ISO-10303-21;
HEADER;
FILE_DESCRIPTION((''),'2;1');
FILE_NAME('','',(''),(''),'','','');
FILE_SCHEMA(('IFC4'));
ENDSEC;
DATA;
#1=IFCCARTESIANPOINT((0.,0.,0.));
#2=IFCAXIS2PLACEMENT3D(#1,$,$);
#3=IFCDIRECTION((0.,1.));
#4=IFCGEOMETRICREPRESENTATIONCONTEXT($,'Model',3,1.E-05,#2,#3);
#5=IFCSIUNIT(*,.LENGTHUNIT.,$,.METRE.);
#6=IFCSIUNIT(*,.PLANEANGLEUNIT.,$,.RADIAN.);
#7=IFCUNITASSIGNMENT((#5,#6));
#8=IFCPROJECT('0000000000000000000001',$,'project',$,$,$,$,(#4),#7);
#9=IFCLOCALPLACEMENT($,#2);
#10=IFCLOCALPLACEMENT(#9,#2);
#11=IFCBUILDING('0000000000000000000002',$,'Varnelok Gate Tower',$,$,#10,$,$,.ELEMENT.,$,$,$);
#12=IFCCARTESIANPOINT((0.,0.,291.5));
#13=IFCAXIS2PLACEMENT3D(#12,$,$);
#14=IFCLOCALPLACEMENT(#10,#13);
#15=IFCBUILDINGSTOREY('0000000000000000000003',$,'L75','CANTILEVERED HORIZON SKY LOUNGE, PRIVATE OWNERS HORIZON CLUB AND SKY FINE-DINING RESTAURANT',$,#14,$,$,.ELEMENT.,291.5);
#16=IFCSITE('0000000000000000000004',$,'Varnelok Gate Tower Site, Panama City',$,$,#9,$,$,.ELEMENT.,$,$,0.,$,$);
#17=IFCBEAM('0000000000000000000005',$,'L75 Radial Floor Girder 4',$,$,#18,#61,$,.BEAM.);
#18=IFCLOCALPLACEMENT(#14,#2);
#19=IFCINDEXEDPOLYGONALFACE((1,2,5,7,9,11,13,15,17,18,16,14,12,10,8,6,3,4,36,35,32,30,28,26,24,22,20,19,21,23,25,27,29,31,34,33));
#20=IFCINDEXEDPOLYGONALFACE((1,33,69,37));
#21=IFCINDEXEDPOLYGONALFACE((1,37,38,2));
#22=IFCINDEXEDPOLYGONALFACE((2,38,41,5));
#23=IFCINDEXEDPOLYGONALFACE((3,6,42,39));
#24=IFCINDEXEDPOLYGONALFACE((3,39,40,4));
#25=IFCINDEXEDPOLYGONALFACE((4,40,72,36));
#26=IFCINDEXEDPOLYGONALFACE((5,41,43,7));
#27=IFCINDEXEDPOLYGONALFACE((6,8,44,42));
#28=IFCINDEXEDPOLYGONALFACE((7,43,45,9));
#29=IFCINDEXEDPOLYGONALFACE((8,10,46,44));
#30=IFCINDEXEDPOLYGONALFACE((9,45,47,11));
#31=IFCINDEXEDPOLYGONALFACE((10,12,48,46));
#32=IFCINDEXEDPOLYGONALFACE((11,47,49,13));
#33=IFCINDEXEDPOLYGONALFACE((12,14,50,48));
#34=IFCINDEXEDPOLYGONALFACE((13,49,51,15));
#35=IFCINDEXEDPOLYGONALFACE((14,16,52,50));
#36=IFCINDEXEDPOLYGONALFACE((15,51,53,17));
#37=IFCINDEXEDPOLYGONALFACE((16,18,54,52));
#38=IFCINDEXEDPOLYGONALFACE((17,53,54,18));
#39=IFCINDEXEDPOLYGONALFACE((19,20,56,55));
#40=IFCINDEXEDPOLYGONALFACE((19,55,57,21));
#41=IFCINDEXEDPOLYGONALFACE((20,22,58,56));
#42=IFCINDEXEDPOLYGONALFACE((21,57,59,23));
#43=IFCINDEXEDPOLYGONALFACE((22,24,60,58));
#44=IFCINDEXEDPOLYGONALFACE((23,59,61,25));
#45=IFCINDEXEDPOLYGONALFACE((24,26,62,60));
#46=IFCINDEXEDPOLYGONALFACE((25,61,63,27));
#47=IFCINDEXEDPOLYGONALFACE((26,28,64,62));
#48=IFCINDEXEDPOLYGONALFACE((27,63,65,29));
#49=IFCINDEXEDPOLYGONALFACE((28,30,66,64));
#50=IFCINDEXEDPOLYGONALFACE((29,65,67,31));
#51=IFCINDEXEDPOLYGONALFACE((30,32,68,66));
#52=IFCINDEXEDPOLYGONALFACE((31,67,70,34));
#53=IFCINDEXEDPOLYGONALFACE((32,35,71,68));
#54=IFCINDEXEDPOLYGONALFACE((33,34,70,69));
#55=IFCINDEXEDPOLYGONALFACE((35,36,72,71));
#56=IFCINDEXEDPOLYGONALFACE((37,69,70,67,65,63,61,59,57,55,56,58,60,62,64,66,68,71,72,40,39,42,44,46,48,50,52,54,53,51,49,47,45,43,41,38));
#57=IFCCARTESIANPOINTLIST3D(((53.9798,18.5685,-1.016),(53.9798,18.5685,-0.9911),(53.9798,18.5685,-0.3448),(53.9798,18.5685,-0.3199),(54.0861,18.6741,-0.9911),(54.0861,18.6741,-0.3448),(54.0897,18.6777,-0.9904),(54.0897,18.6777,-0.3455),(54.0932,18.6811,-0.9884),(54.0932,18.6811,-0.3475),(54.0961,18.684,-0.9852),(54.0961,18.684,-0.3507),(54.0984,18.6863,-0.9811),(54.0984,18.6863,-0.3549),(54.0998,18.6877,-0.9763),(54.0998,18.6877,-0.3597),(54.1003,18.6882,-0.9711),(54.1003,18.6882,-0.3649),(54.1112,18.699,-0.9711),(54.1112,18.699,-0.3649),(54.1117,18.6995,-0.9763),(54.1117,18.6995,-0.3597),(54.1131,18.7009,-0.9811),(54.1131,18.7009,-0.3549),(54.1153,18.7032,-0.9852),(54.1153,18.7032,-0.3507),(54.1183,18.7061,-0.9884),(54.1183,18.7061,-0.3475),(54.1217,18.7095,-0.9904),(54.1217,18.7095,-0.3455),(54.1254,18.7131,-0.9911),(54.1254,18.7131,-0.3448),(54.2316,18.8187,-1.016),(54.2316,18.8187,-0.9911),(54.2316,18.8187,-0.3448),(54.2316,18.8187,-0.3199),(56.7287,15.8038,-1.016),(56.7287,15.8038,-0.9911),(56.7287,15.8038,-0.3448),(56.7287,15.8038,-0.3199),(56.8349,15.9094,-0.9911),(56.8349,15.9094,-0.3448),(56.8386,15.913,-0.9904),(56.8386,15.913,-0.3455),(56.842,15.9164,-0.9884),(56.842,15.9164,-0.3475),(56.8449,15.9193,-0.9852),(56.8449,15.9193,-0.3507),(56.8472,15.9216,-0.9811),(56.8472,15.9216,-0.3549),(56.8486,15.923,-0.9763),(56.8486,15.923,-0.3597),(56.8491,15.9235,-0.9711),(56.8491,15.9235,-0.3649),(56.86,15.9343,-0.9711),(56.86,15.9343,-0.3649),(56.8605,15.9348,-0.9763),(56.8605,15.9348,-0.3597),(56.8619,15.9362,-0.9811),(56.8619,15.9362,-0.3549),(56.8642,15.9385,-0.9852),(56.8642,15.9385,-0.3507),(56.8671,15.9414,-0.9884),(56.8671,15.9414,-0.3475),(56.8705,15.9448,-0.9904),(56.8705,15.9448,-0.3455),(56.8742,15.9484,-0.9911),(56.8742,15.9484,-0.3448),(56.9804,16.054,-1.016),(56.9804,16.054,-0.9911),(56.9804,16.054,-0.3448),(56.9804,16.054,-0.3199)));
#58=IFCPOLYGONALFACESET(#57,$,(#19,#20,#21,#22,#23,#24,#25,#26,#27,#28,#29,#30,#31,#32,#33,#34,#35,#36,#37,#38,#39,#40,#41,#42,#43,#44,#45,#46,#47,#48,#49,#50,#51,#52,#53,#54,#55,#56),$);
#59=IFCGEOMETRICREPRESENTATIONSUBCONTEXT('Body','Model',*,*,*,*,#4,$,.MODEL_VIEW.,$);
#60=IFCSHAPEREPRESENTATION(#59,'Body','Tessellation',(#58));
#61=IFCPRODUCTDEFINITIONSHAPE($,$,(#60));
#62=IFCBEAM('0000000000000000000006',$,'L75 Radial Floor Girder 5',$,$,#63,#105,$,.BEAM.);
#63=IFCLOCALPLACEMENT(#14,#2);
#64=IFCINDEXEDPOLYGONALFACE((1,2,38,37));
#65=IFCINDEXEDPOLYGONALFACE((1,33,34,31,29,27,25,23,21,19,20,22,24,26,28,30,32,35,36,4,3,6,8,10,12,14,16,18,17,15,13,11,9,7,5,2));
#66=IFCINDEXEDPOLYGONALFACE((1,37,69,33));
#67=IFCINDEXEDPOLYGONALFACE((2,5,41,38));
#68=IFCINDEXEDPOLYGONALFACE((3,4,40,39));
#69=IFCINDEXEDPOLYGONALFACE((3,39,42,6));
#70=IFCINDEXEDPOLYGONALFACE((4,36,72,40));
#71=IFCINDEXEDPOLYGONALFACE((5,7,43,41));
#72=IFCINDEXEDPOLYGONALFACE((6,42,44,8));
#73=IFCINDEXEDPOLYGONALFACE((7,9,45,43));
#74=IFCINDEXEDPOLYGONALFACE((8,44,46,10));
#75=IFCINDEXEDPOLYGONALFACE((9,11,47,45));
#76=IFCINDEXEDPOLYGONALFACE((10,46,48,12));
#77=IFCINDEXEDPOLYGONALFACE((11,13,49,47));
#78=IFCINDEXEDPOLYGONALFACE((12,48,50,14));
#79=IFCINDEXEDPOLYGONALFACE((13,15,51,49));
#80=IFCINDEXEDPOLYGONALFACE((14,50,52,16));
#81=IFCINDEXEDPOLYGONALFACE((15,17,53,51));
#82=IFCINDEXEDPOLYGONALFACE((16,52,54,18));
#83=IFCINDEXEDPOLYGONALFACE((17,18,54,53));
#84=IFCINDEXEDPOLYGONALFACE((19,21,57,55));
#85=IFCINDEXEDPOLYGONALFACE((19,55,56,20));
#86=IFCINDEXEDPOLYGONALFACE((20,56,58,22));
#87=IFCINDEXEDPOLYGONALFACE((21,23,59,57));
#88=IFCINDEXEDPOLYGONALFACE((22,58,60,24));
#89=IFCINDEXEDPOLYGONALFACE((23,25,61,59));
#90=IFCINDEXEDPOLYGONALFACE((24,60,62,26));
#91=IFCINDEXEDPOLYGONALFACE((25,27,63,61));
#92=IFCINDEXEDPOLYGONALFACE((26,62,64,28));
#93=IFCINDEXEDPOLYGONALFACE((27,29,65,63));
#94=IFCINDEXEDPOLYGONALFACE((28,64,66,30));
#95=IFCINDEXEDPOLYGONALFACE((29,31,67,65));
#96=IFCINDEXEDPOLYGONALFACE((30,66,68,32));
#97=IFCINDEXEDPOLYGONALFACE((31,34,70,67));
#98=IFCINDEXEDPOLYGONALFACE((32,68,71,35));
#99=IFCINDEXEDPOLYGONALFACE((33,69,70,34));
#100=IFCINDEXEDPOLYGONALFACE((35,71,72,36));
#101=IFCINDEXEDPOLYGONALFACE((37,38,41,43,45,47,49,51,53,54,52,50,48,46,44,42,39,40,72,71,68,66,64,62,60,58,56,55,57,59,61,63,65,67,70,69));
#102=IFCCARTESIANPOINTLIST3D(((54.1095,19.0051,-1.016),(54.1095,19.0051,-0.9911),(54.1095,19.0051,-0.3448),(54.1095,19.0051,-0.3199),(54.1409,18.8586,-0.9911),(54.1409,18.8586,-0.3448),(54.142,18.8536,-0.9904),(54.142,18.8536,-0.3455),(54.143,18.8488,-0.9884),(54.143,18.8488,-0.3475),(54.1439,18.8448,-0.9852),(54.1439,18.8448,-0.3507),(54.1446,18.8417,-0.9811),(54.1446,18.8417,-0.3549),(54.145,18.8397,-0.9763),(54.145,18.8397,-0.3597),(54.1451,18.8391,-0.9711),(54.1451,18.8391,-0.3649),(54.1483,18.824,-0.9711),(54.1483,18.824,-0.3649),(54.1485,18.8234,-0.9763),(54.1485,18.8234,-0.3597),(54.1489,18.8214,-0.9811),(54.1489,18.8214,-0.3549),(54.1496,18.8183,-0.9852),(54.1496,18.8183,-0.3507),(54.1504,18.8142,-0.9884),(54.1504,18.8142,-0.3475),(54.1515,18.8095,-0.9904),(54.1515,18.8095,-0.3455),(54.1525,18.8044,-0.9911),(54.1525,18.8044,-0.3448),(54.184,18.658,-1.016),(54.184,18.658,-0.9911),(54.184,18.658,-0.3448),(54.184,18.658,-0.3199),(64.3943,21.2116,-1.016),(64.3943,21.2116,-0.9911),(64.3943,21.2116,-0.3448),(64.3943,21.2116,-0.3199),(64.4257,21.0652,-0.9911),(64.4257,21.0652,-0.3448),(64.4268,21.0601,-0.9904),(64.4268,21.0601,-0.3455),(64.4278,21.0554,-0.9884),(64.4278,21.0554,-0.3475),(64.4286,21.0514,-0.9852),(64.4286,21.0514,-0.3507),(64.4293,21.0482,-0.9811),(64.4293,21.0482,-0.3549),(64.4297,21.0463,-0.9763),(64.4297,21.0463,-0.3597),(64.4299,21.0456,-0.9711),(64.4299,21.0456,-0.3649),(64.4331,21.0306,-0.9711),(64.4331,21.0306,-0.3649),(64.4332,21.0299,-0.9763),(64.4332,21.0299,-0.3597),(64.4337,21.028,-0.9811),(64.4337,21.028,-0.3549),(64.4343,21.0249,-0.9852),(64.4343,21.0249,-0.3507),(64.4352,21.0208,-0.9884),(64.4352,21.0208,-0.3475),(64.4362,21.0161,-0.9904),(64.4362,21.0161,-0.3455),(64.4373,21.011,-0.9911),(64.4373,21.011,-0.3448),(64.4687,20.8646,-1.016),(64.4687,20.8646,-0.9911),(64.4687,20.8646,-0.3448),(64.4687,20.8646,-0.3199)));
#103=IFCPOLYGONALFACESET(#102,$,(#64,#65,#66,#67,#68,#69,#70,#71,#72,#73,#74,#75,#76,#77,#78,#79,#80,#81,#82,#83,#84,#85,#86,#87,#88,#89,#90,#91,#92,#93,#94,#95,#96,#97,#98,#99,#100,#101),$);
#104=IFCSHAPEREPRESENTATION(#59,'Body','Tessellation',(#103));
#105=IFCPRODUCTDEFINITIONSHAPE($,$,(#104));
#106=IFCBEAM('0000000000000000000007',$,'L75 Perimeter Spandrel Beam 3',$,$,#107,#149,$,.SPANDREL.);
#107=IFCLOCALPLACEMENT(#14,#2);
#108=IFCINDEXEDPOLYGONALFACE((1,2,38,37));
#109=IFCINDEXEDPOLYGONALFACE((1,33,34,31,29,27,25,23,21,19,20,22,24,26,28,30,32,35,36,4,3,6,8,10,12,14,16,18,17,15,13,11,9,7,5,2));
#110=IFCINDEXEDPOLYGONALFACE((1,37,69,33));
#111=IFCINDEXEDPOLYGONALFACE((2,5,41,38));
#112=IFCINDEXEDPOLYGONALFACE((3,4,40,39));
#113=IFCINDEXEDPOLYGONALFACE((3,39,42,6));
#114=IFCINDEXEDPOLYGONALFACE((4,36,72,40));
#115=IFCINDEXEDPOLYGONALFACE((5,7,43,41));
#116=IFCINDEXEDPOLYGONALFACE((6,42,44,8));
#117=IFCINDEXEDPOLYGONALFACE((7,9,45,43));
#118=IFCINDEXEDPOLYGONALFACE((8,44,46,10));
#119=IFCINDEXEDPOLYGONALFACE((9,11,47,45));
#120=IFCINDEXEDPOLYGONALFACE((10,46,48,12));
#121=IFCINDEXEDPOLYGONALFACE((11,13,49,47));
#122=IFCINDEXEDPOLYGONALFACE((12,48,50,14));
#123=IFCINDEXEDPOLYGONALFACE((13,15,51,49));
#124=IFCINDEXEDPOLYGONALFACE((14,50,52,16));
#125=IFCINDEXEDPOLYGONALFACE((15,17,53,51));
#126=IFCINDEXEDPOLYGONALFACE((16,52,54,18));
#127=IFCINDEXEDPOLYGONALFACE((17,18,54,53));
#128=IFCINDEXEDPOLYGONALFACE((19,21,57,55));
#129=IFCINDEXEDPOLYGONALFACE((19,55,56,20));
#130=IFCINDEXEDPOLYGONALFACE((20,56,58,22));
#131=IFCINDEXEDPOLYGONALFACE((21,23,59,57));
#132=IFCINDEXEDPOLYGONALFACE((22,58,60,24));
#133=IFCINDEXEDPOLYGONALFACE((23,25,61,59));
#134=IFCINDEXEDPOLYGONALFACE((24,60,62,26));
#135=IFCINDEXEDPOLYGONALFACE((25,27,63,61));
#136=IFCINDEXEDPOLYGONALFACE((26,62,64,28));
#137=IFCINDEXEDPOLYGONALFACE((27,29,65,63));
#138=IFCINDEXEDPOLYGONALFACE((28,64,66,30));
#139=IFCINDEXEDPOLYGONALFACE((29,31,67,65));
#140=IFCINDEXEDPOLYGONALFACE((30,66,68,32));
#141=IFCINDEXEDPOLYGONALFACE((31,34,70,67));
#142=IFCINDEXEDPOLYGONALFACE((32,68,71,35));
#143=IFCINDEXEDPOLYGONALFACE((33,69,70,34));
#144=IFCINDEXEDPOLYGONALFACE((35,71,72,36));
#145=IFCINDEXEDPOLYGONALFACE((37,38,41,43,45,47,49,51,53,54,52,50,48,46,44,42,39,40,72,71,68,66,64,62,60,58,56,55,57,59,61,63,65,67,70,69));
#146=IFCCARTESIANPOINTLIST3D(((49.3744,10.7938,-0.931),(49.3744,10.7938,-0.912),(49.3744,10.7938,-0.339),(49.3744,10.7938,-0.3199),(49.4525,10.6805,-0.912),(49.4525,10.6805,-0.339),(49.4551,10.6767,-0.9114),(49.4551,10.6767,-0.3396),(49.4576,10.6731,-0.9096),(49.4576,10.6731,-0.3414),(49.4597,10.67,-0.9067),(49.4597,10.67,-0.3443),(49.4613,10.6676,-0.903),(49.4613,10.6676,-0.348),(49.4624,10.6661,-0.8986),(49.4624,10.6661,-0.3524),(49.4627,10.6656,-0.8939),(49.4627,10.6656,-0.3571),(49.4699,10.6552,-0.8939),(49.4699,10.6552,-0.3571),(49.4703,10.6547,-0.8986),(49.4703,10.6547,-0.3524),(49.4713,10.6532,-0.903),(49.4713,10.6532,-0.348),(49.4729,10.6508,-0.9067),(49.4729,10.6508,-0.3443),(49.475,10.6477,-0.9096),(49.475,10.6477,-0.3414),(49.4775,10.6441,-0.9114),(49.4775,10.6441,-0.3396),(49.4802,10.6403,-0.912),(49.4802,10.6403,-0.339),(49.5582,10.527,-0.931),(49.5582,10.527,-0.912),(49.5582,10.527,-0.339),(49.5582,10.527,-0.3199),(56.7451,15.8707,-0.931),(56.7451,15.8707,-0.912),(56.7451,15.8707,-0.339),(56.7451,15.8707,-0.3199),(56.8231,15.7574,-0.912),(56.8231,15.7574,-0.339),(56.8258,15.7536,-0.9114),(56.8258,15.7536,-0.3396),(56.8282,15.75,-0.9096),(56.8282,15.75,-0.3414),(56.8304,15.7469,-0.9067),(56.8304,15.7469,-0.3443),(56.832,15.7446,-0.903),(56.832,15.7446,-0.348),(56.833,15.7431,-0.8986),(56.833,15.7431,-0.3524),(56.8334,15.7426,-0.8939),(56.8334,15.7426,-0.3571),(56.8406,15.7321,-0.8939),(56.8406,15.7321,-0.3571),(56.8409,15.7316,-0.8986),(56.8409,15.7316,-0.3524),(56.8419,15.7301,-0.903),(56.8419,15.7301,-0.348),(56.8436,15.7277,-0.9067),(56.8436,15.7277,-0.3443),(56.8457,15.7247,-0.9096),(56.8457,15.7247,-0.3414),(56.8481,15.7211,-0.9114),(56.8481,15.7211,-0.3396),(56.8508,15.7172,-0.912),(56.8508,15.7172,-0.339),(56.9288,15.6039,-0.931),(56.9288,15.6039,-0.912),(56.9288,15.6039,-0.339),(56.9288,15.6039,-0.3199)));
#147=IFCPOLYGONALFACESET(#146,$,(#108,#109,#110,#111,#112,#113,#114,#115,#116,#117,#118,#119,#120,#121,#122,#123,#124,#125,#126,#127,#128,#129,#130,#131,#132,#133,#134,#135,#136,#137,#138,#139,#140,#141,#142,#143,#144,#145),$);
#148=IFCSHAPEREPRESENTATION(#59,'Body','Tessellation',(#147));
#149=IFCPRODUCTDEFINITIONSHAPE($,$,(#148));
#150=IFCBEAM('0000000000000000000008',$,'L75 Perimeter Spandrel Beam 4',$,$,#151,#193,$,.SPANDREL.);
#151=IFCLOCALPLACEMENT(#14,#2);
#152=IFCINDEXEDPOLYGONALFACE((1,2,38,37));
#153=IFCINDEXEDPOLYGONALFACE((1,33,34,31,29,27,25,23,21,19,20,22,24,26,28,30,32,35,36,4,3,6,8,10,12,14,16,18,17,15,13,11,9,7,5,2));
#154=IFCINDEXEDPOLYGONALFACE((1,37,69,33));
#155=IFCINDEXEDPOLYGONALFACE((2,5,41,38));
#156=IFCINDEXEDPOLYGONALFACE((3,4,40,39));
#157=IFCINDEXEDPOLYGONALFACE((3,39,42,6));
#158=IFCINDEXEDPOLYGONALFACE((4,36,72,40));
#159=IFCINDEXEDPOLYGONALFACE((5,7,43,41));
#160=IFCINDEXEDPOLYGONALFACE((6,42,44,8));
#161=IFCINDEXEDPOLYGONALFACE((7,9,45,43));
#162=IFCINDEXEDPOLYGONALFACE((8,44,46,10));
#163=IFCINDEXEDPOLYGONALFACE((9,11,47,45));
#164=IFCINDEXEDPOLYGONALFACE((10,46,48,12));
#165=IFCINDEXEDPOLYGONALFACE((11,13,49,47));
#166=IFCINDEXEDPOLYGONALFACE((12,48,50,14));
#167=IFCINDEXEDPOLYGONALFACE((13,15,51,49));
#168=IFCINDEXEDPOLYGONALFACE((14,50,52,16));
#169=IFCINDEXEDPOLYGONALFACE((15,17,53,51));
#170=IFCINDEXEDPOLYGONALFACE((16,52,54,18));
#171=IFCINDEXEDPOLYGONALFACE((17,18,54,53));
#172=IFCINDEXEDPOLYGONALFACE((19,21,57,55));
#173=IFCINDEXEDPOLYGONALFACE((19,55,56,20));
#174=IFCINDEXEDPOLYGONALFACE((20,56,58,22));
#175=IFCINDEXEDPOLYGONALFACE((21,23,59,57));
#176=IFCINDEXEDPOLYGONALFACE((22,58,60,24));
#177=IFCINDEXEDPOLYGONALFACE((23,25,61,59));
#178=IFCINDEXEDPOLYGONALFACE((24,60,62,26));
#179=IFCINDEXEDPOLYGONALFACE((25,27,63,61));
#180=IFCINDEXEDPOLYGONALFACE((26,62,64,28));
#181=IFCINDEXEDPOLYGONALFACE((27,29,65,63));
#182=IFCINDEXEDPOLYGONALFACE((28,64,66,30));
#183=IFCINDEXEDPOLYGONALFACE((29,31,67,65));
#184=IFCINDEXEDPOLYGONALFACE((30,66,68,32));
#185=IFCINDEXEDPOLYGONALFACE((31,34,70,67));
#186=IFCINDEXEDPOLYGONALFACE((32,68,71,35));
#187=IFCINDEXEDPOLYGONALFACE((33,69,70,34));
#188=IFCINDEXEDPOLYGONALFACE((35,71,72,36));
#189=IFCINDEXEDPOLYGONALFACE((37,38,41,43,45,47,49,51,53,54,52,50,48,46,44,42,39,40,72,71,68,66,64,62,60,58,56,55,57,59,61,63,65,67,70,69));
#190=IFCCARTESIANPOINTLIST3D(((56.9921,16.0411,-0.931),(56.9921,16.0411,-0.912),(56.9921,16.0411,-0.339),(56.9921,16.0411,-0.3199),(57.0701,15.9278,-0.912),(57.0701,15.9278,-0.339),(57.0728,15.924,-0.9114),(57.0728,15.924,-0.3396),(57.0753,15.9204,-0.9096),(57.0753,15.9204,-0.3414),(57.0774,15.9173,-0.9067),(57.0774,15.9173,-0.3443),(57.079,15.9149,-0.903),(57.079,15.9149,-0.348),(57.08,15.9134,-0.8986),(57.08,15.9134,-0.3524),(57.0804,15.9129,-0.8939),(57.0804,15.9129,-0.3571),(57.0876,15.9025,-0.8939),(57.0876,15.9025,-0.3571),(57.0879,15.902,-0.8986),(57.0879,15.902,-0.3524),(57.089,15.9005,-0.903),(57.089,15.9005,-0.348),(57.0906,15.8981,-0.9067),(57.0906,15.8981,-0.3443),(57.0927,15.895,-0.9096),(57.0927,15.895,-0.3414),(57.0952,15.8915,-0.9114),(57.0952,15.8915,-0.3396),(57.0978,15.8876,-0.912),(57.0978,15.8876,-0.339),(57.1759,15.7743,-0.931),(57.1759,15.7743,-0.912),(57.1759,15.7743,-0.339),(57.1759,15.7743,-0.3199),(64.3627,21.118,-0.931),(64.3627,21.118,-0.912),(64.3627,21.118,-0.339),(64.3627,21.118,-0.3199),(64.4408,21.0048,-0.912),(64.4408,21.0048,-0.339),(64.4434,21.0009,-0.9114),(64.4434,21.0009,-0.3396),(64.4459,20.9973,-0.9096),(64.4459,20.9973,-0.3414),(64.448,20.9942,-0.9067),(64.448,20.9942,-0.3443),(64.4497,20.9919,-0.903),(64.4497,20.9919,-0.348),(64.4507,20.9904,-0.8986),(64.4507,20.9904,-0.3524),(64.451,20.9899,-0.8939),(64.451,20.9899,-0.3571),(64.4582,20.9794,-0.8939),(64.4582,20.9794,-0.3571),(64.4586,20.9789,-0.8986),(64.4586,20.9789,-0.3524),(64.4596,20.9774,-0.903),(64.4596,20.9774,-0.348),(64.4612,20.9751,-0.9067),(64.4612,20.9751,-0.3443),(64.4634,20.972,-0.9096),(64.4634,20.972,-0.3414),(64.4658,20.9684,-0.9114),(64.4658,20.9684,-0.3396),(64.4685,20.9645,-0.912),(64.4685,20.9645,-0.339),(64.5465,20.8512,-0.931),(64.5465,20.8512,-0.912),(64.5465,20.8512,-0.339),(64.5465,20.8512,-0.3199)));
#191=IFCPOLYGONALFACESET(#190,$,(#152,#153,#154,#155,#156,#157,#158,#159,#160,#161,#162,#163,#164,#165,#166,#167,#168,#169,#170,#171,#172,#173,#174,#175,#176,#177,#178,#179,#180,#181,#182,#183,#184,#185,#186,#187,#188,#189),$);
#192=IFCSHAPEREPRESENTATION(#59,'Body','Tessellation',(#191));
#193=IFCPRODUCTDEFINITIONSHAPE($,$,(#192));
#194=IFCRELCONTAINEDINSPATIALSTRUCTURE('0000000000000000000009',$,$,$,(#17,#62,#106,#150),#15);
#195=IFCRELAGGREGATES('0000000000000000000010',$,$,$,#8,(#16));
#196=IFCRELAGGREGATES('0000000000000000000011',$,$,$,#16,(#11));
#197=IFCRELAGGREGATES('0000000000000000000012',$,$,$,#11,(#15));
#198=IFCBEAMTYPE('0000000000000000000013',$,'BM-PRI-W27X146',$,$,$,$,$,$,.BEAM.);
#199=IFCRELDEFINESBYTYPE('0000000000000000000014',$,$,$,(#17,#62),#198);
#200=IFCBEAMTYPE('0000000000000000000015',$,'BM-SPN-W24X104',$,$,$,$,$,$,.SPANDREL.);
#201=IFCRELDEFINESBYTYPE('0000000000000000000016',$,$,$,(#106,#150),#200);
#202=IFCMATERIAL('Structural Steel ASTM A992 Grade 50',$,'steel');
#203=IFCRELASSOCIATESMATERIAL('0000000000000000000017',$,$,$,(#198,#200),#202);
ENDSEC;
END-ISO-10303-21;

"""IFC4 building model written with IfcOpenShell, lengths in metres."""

from ifc_helpers import new_model, si_unit, direction, frame, origin, origin_2d, place, context, subcontext, project, spatial, i_section, extrude, material, material_profile, profile_set, type_object, element, save


model = new_model("IFC4")

# Units and contexts
model_context = context("Model", 3, precision=1e-05, world=origin(), true_north=direction((0.0, 1.0)))
body_context = subcontext(model_context, "Body", "Model", "MODEL_VIEW")
ifc_project = project(units=[si_unit("LENGTHUNIT", "METRE"), si_unit("PLANEANGLEUNIT", "RADIAN")], contexts=[model_context])

# Site, building, storey
site_placement = place(None, origin())
site = spatial("IfcSite", under=ifc_project, at=site_placement, Name="Varnelok Gate Tower Site, Panama City", CompositionType="ELEMENT", RefElevation=0.0)
building_placement = place(site_placement, origin())
building = spatial("IfcBuilding", under=site, at=building_placement, Name="Varnelok Gate Tower", CompositionType="ELEMENT")
storey_placement = place(building_placement, frame((0.0, 0.0, 291.5)))
storey = spatial("IfcBuildingStorey", under=building, at=storey_placement, Name="L75", Description="CANTILEVERED HORIZON SKY LOUNGE, PRIVATE OWNERS HORIZON CLUB AND SKY FINE-DINING RESTAURANT", CompositionType="ELEMENT", Elevation=291.5)

# Shared definitions
ifc_material_1 = material(Name="Structural Steel ASTM A992 Grade 50", Category="steel")

# Beams
ifc_material_profile_1 = material_profile(ifc_material_1, i_section(OverallWidth=0.355, OverallDepth=0.696, WebThickness=0.0154, FlangeThickness=0.0249, FilletRadius=0.02, at=origin_2d()), Name="W27X146")
ifc_profile_set_1 = profile_set([ifc_material_profile_1], Name="Structural Steel ASTM A992 Grade 50")
beam_type_1 = type_object("IfcBeamType", Name="BM-PRI-W27X146", PredefinedType="BEAM", material=ifc_profile_set_1)
beam_1_placement = place(storey_placement, frame((54.1057, 18.6936, -0.668), z_axis=(0.705069, -0.709139, 0.0), x_axis=(0.709139, 0.705069, 0.0)))
element("IfcBeam", 1, at=beam_1_placement, inside=storey, type_object=beam_type_1, Name="L75 Radial Floor Girder 4", PredefinedType="BEAM", context=body_context, shape_type="SweptSolid", body=[
    extrude(i_section(OverallWidth=0.355, OverallDepth=0.696, WebThickness=0.0154, FlangeThickness=0.0249, FilletRadius=0.02, at=origin_2d()), origin(), (0.0, 0.0, 1.0), 3.8987),
])
beam_2_placement = place(storey_placement, frame((54.1467, 18.8315, -0.668), z_axis=(0.97775, 0.209773, 0.0), x_axis=(-0.209773, 0.97775, 0.0)))
element("IfcBeam", 2, at=beam_2_placement, inside=storey, type_object=beam_type_1, Name="L75 Radial Floor Girder 5", PredefinedType="BEAM", context=body_context, shape_type="SweptSolid", body=[
    extrude(i_section(OverallWidth=0.355, OverallDepth=0.696, WebThickness=0.0154, FlangeThickness=0.0249, FilletRadius=0.02, at=origin_2d()), origin(), (0.0, 0.0, 1.0), 10.5188),
])
ifc_material_profile_2 = material_profile(ifc_material_1, i_section(OverallWidth=0.324, OverallDepth=0.6111, WebThickness=0.0127, FlangeThickness=0.019, FilletRadius=0.0181, at=origin_2d()), Name="W24X104")
ifc_profile_set_2 = profile_set([ifc_material_profile_2], Name="Structural Steel ASTM A992 Grade 50")
beam_type_2 = type_object("IfcBeamType", Name="BM-SPN-W24X104", PredefinedType="SPANDREL", material=ifc_profile_set_2)
for number, where, z_axis, x_axis, name in (
    (3, (49.4663, 10.6604, -0.6255), (0.82354, 0.567258, 0.0), (-0.567258, 0.82354, 0.0), "L75 Perimeter Spandrel Beam 3"),
    (4, (57.084, 15.9077, -0.6255), (0.82354, 0.567258, 0.0), (-0.567258, 0.82354, 0.0), "L75 Perimeter Spandrel Beam 4"),
):
    element("IfcBeam", number, at=place(storey_placement, frame(where, z_axis=z_axis, x_axis=x_axis)), inside=storey, type_object=beam_type_2, Name=name, PredefinedType="SPANDREL", context=body_context, shape_type="SweptSolid", body=[
        extrude(i_section(OverallWidth=0.324, OverallDepth=0.6111, WebThickness=0.0127, FlangeThickness=0.019, FilletRadius=0.0181, at=origin_2d()), origin(), (0.0, 0.0, 1.0), 8.95),
    ])

save(model, "model.ifc")
